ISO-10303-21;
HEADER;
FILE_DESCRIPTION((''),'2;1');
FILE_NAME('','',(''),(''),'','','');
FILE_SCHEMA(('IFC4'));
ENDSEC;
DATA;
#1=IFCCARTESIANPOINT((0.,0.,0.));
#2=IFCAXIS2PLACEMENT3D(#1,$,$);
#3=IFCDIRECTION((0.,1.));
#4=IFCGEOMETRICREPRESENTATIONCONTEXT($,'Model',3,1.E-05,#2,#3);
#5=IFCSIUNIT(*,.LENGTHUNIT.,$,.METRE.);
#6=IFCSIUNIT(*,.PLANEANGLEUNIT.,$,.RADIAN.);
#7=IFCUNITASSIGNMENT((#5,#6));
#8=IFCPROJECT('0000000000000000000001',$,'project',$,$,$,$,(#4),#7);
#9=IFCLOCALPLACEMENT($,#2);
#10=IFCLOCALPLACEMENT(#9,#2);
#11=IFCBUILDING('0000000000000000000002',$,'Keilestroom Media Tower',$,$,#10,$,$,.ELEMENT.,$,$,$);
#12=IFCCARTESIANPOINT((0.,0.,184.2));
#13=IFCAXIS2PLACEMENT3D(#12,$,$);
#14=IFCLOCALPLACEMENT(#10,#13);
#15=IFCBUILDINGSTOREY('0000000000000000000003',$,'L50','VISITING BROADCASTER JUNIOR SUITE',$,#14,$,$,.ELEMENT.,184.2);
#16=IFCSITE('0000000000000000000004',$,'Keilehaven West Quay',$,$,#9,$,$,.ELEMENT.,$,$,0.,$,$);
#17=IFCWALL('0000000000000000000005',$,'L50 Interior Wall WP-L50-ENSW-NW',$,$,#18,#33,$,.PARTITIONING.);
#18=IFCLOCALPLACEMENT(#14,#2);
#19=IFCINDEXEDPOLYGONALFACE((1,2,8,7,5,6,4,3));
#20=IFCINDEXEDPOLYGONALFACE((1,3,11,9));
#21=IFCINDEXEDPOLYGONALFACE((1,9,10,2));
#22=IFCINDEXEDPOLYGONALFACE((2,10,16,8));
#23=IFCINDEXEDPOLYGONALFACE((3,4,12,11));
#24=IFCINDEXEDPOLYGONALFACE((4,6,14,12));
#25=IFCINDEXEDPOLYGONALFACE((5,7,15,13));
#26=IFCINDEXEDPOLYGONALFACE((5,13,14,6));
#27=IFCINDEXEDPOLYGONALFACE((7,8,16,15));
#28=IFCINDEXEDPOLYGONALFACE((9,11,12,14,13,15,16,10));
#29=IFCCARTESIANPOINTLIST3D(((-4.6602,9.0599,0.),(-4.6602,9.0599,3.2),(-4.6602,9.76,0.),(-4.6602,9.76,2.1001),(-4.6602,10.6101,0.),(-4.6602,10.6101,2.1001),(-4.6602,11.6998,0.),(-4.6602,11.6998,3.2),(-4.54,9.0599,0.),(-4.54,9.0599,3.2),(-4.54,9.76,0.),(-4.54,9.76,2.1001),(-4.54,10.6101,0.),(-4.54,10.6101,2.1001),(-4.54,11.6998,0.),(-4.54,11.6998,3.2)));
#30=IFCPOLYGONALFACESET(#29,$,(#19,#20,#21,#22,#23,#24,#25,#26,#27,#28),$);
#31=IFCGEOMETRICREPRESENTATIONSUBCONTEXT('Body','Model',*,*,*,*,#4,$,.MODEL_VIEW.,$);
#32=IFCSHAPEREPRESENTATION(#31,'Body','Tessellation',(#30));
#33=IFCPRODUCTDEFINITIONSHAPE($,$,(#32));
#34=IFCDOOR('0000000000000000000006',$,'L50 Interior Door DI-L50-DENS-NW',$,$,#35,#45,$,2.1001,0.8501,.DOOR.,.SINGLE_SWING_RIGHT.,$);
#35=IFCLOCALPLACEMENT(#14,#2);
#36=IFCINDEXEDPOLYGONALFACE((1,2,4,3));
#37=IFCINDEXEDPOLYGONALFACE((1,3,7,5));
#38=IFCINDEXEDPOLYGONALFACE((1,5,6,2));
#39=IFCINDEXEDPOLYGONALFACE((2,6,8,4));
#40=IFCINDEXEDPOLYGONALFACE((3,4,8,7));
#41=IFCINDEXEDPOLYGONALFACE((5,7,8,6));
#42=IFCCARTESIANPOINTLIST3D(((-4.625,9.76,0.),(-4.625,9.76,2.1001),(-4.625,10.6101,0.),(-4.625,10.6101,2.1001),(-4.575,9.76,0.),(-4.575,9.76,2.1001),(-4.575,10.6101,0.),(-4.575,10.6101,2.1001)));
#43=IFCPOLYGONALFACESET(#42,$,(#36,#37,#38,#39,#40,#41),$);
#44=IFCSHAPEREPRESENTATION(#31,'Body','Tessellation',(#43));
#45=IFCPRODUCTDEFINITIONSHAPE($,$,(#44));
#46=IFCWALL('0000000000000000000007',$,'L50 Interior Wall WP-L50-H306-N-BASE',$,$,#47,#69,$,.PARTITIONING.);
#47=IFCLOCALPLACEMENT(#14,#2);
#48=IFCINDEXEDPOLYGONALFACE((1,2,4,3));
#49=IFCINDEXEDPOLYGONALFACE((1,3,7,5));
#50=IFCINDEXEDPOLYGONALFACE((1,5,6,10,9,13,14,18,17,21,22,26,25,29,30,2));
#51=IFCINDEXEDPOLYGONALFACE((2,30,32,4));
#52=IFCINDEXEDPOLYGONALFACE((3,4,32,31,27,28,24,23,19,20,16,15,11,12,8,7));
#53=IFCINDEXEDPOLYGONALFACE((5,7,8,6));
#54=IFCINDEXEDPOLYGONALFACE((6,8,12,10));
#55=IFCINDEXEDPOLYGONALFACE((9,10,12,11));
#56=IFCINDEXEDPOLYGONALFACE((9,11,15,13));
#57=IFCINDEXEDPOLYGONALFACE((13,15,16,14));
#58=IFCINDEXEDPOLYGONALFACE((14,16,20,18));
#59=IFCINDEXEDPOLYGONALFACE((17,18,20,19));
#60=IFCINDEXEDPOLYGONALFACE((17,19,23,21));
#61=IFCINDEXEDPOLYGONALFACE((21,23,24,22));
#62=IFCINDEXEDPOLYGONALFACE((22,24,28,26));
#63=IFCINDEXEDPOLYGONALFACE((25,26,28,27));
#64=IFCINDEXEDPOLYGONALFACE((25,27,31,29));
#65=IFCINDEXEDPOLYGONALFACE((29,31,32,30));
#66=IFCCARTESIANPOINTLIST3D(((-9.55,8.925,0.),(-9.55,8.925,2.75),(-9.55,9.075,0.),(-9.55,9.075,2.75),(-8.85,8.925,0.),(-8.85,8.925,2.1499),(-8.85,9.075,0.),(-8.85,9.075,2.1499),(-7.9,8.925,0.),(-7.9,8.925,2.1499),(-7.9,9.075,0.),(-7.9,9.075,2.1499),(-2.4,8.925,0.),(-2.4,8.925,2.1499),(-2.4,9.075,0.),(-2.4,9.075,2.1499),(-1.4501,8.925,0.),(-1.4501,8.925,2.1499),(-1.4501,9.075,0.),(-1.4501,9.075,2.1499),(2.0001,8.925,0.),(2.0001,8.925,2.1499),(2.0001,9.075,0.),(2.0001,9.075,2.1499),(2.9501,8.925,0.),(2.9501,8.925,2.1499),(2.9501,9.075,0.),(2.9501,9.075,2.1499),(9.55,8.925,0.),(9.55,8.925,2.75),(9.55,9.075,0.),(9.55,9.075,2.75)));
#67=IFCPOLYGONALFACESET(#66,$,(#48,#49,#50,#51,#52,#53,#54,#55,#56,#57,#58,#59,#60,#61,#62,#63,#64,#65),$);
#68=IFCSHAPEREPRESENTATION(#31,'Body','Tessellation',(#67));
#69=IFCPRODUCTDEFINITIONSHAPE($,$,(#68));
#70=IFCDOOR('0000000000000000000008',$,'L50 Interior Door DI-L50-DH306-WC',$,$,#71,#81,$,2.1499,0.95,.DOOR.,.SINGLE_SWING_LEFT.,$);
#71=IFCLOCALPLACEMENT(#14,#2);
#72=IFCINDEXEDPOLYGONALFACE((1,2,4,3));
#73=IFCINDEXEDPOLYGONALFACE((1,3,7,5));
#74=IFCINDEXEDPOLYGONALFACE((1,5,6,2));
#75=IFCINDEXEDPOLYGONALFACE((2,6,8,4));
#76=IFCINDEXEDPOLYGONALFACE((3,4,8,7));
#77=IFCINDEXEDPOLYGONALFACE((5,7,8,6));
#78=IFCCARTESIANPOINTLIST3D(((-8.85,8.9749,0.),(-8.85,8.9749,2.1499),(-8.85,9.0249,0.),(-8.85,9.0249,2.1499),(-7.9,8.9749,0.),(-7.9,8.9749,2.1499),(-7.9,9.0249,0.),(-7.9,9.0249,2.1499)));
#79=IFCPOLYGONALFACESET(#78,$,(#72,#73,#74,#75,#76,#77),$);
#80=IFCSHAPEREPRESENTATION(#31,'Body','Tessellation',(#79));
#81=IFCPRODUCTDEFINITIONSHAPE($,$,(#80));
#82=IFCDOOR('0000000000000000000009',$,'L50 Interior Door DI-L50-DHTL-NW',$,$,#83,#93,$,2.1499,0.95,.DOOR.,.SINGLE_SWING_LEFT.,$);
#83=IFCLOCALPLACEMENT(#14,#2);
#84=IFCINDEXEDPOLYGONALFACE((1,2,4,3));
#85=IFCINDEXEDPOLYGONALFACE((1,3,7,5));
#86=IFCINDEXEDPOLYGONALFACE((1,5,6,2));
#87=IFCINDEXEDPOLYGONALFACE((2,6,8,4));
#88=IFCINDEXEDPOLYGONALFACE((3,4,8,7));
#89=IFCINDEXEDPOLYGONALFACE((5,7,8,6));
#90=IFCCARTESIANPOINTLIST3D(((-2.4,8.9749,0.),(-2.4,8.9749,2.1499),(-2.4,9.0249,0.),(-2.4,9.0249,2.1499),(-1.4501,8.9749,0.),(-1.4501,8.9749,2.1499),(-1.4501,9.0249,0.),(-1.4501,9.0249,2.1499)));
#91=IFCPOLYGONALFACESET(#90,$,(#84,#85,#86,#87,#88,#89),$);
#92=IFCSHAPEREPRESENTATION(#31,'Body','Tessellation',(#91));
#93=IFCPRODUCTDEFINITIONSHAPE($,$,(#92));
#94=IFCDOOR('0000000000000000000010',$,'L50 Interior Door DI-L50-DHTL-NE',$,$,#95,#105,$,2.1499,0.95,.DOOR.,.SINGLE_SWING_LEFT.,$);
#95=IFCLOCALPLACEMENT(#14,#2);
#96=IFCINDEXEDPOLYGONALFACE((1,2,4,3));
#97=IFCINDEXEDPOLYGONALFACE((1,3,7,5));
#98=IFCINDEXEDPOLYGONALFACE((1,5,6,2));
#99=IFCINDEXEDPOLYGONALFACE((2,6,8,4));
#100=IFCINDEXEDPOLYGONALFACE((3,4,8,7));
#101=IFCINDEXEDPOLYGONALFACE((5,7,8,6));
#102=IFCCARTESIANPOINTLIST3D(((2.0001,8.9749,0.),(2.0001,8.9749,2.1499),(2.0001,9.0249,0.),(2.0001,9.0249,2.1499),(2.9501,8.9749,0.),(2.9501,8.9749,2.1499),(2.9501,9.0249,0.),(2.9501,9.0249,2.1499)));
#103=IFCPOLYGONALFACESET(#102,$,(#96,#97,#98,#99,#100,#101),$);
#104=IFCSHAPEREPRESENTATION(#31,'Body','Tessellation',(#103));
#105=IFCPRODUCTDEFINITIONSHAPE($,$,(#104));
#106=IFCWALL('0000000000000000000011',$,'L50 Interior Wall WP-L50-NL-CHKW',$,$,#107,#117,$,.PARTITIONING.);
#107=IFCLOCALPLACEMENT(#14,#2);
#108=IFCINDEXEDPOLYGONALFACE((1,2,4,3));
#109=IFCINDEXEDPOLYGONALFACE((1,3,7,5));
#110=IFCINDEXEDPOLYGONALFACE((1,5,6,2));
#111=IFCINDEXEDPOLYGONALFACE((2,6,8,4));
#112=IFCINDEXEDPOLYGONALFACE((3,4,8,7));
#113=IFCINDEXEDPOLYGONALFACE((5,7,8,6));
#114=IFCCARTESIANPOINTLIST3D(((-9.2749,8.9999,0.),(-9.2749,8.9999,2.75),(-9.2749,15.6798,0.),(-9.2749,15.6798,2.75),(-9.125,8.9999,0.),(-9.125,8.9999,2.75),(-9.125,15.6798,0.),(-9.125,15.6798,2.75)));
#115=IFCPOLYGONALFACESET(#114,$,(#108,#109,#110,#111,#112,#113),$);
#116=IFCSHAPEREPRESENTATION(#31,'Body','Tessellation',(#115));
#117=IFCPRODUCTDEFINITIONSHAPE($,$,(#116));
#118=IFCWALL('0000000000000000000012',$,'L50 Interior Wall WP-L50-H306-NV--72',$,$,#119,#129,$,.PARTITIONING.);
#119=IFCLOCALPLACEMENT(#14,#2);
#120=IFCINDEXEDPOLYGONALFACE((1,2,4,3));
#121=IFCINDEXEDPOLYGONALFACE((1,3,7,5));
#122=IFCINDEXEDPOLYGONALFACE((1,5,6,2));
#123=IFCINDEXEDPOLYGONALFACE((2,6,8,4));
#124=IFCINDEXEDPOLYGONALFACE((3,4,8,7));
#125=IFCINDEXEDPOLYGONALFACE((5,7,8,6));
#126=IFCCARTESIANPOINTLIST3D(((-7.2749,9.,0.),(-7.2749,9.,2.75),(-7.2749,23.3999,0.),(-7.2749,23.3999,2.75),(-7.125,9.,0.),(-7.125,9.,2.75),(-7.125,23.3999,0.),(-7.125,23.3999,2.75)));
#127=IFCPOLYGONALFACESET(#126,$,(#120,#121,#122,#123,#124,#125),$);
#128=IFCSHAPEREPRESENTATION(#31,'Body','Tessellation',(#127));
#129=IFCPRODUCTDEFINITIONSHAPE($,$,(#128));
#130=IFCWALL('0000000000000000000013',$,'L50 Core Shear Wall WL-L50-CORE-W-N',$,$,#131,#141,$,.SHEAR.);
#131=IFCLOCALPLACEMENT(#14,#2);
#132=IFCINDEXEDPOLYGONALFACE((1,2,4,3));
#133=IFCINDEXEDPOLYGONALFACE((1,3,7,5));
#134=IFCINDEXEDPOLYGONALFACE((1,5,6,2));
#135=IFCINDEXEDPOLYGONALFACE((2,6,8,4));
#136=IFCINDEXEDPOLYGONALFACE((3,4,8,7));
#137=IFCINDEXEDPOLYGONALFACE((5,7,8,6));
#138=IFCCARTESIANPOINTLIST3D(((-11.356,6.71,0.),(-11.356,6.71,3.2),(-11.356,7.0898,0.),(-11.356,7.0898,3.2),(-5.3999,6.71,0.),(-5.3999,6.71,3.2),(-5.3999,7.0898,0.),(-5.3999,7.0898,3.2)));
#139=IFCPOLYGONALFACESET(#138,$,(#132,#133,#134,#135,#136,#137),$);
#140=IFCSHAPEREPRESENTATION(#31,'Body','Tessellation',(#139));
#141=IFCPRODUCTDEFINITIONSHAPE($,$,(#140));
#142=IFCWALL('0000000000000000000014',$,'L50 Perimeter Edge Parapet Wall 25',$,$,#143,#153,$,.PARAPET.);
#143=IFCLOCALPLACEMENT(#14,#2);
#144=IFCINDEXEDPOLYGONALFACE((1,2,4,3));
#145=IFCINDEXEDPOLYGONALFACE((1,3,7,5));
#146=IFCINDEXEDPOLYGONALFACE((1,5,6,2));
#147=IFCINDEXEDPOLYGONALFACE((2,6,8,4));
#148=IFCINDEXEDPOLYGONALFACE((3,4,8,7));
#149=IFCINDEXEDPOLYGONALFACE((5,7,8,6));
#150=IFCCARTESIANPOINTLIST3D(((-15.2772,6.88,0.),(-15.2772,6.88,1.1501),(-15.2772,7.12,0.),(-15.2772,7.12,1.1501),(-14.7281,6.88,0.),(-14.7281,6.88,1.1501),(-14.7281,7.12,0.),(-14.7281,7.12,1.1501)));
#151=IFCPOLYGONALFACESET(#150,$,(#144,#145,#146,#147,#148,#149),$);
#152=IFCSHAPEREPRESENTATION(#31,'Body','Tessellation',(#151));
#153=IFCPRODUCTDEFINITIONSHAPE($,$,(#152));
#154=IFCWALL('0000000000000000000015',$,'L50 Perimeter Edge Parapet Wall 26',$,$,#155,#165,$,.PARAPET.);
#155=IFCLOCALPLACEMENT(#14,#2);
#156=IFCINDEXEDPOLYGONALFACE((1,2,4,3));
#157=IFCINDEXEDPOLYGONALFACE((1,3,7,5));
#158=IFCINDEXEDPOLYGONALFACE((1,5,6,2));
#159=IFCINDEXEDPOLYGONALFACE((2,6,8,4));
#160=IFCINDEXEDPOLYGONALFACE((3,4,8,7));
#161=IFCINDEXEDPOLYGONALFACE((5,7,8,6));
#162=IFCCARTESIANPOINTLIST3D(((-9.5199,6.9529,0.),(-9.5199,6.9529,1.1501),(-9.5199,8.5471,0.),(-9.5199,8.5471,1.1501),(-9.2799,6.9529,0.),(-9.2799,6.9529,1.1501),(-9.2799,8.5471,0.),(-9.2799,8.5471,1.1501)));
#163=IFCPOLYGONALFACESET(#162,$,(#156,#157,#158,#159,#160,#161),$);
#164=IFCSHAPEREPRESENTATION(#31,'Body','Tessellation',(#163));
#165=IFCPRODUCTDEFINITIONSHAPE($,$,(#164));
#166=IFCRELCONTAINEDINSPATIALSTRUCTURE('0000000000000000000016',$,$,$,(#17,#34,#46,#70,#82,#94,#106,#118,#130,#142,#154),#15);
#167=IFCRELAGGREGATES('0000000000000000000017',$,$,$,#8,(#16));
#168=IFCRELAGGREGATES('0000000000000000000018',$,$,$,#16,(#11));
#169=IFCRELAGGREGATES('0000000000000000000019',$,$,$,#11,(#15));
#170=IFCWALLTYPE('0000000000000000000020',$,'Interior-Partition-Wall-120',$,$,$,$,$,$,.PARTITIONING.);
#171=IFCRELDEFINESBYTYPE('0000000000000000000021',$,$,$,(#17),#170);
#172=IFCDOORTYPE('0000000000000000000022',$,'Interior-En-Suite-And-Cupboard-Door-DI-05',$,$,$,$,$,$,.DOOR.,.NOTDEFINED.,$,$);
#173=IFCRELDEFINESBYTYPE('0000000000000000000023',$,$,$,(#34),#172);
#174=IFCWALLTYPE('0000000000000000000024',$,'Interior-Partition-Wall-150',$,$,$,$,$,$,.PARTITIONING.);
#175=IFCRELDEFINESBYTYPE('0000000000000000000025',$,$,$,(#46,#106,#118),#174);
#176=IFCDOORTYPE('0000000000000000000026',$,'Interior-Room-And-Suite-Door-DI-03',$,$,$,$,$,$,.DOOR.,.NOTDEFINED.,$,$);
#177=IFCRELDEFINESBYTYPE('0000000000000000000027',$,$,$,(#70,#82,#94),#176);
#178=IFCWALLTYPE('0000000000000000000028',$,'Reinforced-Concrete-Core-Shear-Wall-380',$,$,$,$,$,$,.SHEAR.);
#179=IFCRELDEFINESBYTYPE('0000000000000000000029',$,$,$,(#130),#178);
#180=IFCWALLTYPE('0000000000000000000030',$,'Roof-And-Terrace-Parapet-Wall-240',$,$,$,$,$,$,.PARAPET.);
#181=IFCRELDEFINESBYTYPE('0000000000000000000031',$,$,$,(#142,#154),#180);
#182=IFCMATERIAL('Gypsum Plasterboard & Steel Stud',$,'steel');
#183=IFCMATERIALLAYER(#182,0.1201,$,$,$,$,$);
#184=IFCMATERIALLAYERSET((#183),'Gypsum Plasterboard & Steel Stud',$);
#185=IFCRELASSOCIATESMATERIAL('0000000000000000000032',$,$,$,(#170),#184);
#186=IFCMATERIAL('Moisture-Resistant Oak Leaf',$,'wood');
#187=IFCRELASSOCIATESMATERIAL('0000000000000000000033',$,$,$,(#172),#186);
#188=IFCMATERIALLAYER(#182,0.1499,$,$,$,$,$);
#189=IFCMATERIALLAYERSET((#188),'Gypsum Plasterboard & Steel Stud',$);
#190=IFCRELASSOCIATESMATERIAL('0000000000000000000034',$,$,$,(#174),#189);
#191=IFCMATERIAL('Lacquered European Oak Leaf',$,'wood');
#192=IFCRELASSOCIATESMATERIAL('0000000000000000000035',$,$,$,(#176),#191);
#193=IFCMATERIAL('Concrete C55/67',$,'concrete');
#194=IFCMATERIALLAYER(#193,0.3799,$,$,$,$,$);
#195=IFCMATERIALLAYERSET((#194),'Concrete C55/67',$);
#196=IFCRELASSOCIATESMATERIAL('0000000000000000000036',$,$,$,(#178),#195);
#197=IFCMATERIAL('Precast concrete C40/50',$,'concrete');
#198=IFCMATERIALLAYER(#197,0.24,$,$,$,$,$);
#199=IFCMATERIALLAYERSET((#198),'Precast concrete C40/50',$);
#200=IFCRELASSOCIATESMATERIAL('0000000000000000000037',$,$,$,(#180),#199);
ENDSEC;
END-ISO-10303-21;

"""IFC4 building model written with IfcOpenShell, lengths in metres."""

from ifc_helpers import new_model, si_unit, direction, frame, frame_2d, origin, place, context, subcontext, project, spatial, rectangle, extrude, source, transform, mapped, material, layer, layer_set, type_object, element, fill, save


model = new_model("IFC4")

# Units and contexts
model_context = context("Model", 3, precision=1e-05, world=origin(), true_north=direction((0.0, 1.0)))
body_context = subcontext(model_context, "Body", "Model", "MODEL_VIEW")
ifc_project = project(units=[si_unit("LENGTHUNIT", "METRE"), si_unit("PLANEANGLEUNIT", "RADIAN")], contexts=[model_context])

# Site, building, storey
site_placement = place(None, origin())
site = spatial("IfcSite", under=ifc_project, at=site_placement, Name="Keilehaven West Quay", CompositionType="ELEMENT", RefElevation=0.0)
building_placement = place(site_placement, origin())
building = spatial("IfcBuilding", under=site, at=building_placement, Name="Keilestroom Media Tower", CompositionType="ELEMENT")
storey_placement = place(building_placement, frame((0.0, 0.0, 184.2)))
storey = spatial("IfcBuildingStorey", under=building, at=storey_placement, Name="L50", Description="VISITING BROADCASTER JUNIOR SUITE", CompositionType="ELEMENT", Elevation=184.2)

# Shared definitions
ifc_material_1 = material(Name="Precast concrete C40/50", Category="concrete")
ifc_material_2 = material(Name="Concrete C55/67", Category="concrete")

# Shared definitions
ifc_material_3 = material(Name="Gypsum Plasterboard & Steel Stud", Category="steel")
ifc_layer_1 = layer(ifc_material_3, 0.1201)
ifc_layer_set_1 = layer_set([ifc_layer_1], Name="Gypsum Plasterboard & Steel Stud")
wall_type_1 = type_object("IfcWallType", Name="Interior-Partition-Wall-120", PredefinedType="PARTITIONING", material=ifc_layer_set_1)

# Wall, opening, door
wall_1_placement = place(storey_placement, frame((-4.6001, 9.0601, 0.0), z_axis=(0.0, 0.0, 1.0), x_axis=(0.0, 1.0, 0.0)))
wall_1 = element("IfcWall", 1, at=wall_1_placement, inside=storey, type_object=wall_type_1, Name="L50 Interior Wall WP-L50-ENSW-NW", PredefinedType="PARTITIONING", context=body_context, shape_type="SweptSolid", body=[
    extrude(rectangle(XDim=2.6399, YDim=0.1201, at=frame_2d((1.3198, 0.0))), origin(), (0.0, 0.0, 1.0), 3.2),
])
opening_1_placement = place(wall_1_placement, frame((0.7, 0.0, 0.0)))
opening_1 = element("IfcOpeningElement", 2, at=opening_1_placement, cuts=wall_1, PredefinedType="OPENING", context=body_context, shape_type="SweptSolid", body=[
    extrude(rectangle(XDim=0.8501, YDim=2.1001, at=frame_2d((0.425, 1.05))), frame((0.0, 0.0701, 0.0), z_axis=(0.0, -1.0, 0.0), x_axis=(1.0, 0.0, 0.0)), (0.0, 0.0, 1.0), 0.1401),
])
ifc_material_4 = material(Name="Moisture-Resistant Oak Leaf", Category="wood")
door_type_1 = type_object("IfcDoorType", Name="Interior-En-Suite-And-Cupboard-Door-DI-05", OperationType="NOTDEFINED", PredefinedType="DOOR", material=ifc_material_4)
shared_shape_1 = source(origin(), body_context, "Body", "SweptSolid", [
    extrude(rectangle(XDim=0.8501, YDim=2.1001, at=frame_2d((0.425, 1.05))), frame((0.0, 0.0249, 0.0), z_axis=(0.0, -1.0, 0.0), x_axis=(1.0, 0.0, 0.0)), (0.0, 0.0, 1.0), 0.05),
])
door_1_placement = place(opening_1_placement, origin())
door_1 = element("IfcDoor", 3, at=door_1_placement, inside=storey, type_object=door_type_1, Name="L50 Interior Door DI-L50-DENS-NW", OperationType="SINGLE_SWING_RIGHT", OverallHeight=2.1001, OverallWidth=0.8501, PredefinedType="DOOR", context=body_context, shape_type="MappedRepresentation", body=[
    mapped(shared_shape_1, transform((0.0, 0.0, 0.0), x_axis=(1.0, 0.0, 0.0), y_axis=(0.0, 1.0, 0.0), z_axis=(0.0, 0.0, 1.0), scale=1.0)),
])
fill(opening_1, door_1)

# Wall, openings, doors
ifc_layer_2 = layer(ifc_material_3, 0.1499)
ifc_layer_set_2 = layer_set([ifc_layer_2], Name="Gypsum Plasterboard & Steel Stud")
wall_type_2 = type_object("IfcWallType", Name="Interior-Partition-Wall-150", PredefinedType="PARTITIONING", material=ifc_layer_set_2)
wall_2_placement = place(storey_placement, frame((-9.55, 9.0, 0.0), z_axis=(0.0, 0.0, 1.0), x_axis=(1.0, 0.0, 0.0)))
wall_2 = element("IfcWall", 4, at=wall_2_placement, inside=storey, type_object=wall_type_2, Name="L50 Interior Wall WP-L50-H306-N-BASE", PredefinedType="PARTITIONING", context=body_context, shape_type="SweptSolid", body=[
    extrude(rectangle(XDim=19.1001, YDim=0.1499, at=frame_2d((9.55, 0.0))), origin(), (0.0, 0.0, 1.0), 2.75),
])
opening_2_placement = place(wall_2_placement, frame((0.7, 0.0, 0.0)))
opening_2 = element("IfcOpeningElement", 5, at=opening_2_placement, cuts=wall_2, PredefinedType="OPENING", context=body_context, shape_type="SweptSolid", body=[
    extrude(rectangle(XDim=0.95, YDim=2.1499, at=frame_2d((0.4751, 1.075))), frame((0.0, 0.085, 0.0), z_axis=(0.0, -1.0, 0.0), x_axis=(1.0, 0.0, 0.0)), (0.0, 0.0, 1.0), 0.1699),
])
opening_3_placement = place(wall_2_placement, frame((7.1499, 0.0, 0.0)))
opening_3 = element("IfcOpeningElement", 6, at=opening_3_placement, cuts=wall_2, PredefinedType="OPENING", context=body_context, shape_type="SweptSolid", body=[
    extrude(rectangle(XDim=0.95, YDim=2.1499, at=frame_2d((0.4751, 1.075))), frame((0.0, 0.085, 0.0), z_axis=(0.0, -1.0, 0.0), x_axis=(1.0, 0.0, 0.0)), (0.0, 0.0, 1.0), 0.1699),
])
opening_4_placement = place(wall_2_placement, frame((11.55, 0.0, 0.0)))
opening_4 = element("IfcOpeningElement", 7, at=opening_4_placement, cuts=wall_2, PredefinedType="OPENING", context=body_context, shape_type="SweptSolid", body=[
    extrude(rectangle(XDim=0.95, YDim=2.1499, at=frame_2d((0.4751, 1.075))), frame((0.0, 0.085, 0.0), z_axis=(0.0, -1.0, 0.0), x_axis=(1.0, 0.0, 0.0)), (0.0, 0.0, 1.0), 0.1699),
])
ifc_material_5 = material(Name="Lacquered European Oak Leaf", Category="wood")
door_type_2 = type_object("IfcDoorType", Name="Interior-Room-And-Suite-Door-DI-03", OperationType="NOTDEFINED", PredefinedType="DOOR", material=ifc_material_5)
shared_shape_2 = source(origin(), body_context, "Body", "SweptSolid", [
    extrude(rectangle(XDim=0.95, YDim=2.1499, at=frame_2d((0.4751, 1.075))), frame((0.0, 0.0249, 0.0), z_axis=(0.0, -1.0, 0.0), x_axis=(1.0, 0.0, 0.0)), (0.0, 0.0, 1.0), 0.05),
])
door_2_placement = place(opening_2_placement, origin())
door_2 = element("IfcDoor", 8, at=door_2_placement, inside=storey, type_object=door_type_2, Name="L50 Interior Door DI-L50-DH306-WC", OperationType="SINGLE_SWING_LEFT", OverallHeight=2.1499, OverallWidth=0.95, PredefinedType="DOOR", context=body_context, shape_type="MappedRepresentation", body=[
    mapped(shared_shape_2, transform((0.0, 0.0, 0.0), x_axis=(1.0, 0.0, 0.0), y_axis=(0.0, 1.0, 0.0), z_axis=(0.0, 0.0, 1.0), scale=1.0)),
])
fill(opening_2, door_2)
door_3_placement = place(opening_3_placement, origin())
door_3 = element("IfcDoor", 9, at=door_3_placement, inside=storey, type_object=door_type_2, Name="L50 Interior Door DI-L50-DHTL-NW", OperationType="SINGLE_SWING_LEFT", OverallHeight=2.1499, OverallWidth=0.95, PredefinedType="DOOR", context=body_context, shape_type="MappedRepresentation", body=[
    mapped(shared_shape_2, transform((0.0, 0.0, 0.0), x_axis=(1.0, 0.0, 0.0), y_axis=(0.0, 1.0, 0.0), z_axis=(0.0, 0.0, 1.0), scale=1.0)),
])
fill(opening_3, door_3)
door_4_placement = place(opening_4_placement, origin())
door_4 = element("IfcDoor", 10, at=door_4_placement, inside=storey, type_object=door_type_2, Name="L50 Interior Door DI-L50-DHTL-NE", OperationType="SINGLE_SWING_LEFT", OverallHeight=2.1499, OverallWidth=0.95, PredefinedType="DOOR", context=body_context, shape_type="MappedRepresentation", body=[
    mapped(shared_shape_2, transform((0.0, 0.0, 0.0), x_axis=(1.0, 0.0, 0.0), y_axis=(0.0, 1.0, 0.0), z_axis=(0.0, 0.0, 1.0), scale=1.0)),
])
fill(opening_4, door_4)

# Walls
wall_3_placement = place(storey_placement, frame((-9.2, 9.0, 0.0), z_axis=(0.0, 0.0, 1.0), x_axis=(0.0, 1.0, 0.0)))
element("IfcWall", 11, at=wall_3_placement, inside=storey, type_object=wall_type_2, Name="L50 Interior Wall WP-L50-NL-CHKW", PredefinedType="PARTITIONING", context=body_context, shape_type="SweptSolid", body=[
    extrude(rectangle(XDim=6.6799, YDim=0.1499, at=frame_2d((3.3398, 0.0))), origin(), (0.0, 0.0, 1.0), 2.75),
])
wall_4_placement = place(storey_placement, frame((-7.2, 9.0, 0.0), z_axis=(0.0, 0.0, 1.0), x_axis=(0.0, 1.0, 0.0)))
element("IfcWall", 12, at=wall_4_placement, inside=storey, type_object=wall_type_2, Name="L50 Interior Wall WP-L50-H306-NV--72", PredefinedType="PARTITIONING", context=body_context, shape_type="SweptSolid", body=[
    extrude(rectangle(XDim=14.3999, YDim=0.1499, at=frame_2d((7.2, 0.0))), origin(), (0.0, 0.0, 1.0), 2.75),
])
ifc_layer_3 = layer(ifc_material_2, 0.3799)
ifc_layer_set_3 = layer_set([ifc_layer_3], Name="Concrete C55/67")
wall_type_3 = type_object("IfcWallType", Name="Reinforced-Concrete-Core-Shear-Wall-380", PredefinedType="SHEAR", material=ifc_layer_set_3)
wall_5_placement = place(storey_placement, frame((-11.356, 6.8999, 0.0), z_axis=(0.0, 0.0, 1.0), x_axis=(1.0, 0.0, 0.0)))
element("IfcWall", 13, at=wall_5_placement, inside=storey, type_object=wall_type_3, Name="L50 Core Shear Wall WL-L50-CORE-W-N", PredefinedType="SHEAR", context=body_context, shape_type="SweptSolid", body=[
    extrude(rectangle(XDim=5.9561, YDim=0.3799, at=frame_2d((2.978, 0.0))), origin(), (0.0, 0.0, 1.0), 3.2),
])
ifc_layer_4 = layer(ifc_material_1, 0.24)
ifc_layer_set_4 = layer_set([ifc_layer_4], Name="Precast concrete C40/50")
wall_type_4 = type_object("IfcWallType", Name="Roof-And-Terrace-Parapet-Wall-240", PredefinedType="PARAPET", material=ifc_layer_set_4)
wall_6_placement = place(storey_placement, frame((-15.2771, 7.0, 0.0), z_axis=(0.0, 0.0, 1.0), x_axis=(1.0, 0.0, 0.0)))
element("IfcWall", 14, at=wall_6_placement, inside=storey, type_object=wall_type_4, Name="L50 Perimeter Edge Parapet Wall 25", PredefinedType="PARAPET", context=body_context, shape_type="SweptSolid", body=[
    extrude(rectangle(XDim=0.5491, YDim=0.24, at=frame_2d((0.2744, 0.0))), origin(), (0.0, 0.0, 1.0), 1.1501),
])
wall_7_placement = place(storey_placement, frame((-9.3999, 6.9529, 0.0), z_axis=(0.0, 0.0, 1.0), x_axis=(0.0, 1.0, 0.0)))
element("IfcWall", 15, at=wall_7_placement, inside=storey, type_object=wall_type_4, Name="L50 Perimeter Edge Parapet Wall 26", PredefinedType="PARAPET", context=body_context, shape_type="SweptSolid", body=[
    extrude(rectangle(XDim=1.5942, YDim=0.24, at=frame_2d((0.7971, 0.0))), origin(), (0.0, 0.0, 1.0), 1.1501),
])

save(model, "model.ifc")
